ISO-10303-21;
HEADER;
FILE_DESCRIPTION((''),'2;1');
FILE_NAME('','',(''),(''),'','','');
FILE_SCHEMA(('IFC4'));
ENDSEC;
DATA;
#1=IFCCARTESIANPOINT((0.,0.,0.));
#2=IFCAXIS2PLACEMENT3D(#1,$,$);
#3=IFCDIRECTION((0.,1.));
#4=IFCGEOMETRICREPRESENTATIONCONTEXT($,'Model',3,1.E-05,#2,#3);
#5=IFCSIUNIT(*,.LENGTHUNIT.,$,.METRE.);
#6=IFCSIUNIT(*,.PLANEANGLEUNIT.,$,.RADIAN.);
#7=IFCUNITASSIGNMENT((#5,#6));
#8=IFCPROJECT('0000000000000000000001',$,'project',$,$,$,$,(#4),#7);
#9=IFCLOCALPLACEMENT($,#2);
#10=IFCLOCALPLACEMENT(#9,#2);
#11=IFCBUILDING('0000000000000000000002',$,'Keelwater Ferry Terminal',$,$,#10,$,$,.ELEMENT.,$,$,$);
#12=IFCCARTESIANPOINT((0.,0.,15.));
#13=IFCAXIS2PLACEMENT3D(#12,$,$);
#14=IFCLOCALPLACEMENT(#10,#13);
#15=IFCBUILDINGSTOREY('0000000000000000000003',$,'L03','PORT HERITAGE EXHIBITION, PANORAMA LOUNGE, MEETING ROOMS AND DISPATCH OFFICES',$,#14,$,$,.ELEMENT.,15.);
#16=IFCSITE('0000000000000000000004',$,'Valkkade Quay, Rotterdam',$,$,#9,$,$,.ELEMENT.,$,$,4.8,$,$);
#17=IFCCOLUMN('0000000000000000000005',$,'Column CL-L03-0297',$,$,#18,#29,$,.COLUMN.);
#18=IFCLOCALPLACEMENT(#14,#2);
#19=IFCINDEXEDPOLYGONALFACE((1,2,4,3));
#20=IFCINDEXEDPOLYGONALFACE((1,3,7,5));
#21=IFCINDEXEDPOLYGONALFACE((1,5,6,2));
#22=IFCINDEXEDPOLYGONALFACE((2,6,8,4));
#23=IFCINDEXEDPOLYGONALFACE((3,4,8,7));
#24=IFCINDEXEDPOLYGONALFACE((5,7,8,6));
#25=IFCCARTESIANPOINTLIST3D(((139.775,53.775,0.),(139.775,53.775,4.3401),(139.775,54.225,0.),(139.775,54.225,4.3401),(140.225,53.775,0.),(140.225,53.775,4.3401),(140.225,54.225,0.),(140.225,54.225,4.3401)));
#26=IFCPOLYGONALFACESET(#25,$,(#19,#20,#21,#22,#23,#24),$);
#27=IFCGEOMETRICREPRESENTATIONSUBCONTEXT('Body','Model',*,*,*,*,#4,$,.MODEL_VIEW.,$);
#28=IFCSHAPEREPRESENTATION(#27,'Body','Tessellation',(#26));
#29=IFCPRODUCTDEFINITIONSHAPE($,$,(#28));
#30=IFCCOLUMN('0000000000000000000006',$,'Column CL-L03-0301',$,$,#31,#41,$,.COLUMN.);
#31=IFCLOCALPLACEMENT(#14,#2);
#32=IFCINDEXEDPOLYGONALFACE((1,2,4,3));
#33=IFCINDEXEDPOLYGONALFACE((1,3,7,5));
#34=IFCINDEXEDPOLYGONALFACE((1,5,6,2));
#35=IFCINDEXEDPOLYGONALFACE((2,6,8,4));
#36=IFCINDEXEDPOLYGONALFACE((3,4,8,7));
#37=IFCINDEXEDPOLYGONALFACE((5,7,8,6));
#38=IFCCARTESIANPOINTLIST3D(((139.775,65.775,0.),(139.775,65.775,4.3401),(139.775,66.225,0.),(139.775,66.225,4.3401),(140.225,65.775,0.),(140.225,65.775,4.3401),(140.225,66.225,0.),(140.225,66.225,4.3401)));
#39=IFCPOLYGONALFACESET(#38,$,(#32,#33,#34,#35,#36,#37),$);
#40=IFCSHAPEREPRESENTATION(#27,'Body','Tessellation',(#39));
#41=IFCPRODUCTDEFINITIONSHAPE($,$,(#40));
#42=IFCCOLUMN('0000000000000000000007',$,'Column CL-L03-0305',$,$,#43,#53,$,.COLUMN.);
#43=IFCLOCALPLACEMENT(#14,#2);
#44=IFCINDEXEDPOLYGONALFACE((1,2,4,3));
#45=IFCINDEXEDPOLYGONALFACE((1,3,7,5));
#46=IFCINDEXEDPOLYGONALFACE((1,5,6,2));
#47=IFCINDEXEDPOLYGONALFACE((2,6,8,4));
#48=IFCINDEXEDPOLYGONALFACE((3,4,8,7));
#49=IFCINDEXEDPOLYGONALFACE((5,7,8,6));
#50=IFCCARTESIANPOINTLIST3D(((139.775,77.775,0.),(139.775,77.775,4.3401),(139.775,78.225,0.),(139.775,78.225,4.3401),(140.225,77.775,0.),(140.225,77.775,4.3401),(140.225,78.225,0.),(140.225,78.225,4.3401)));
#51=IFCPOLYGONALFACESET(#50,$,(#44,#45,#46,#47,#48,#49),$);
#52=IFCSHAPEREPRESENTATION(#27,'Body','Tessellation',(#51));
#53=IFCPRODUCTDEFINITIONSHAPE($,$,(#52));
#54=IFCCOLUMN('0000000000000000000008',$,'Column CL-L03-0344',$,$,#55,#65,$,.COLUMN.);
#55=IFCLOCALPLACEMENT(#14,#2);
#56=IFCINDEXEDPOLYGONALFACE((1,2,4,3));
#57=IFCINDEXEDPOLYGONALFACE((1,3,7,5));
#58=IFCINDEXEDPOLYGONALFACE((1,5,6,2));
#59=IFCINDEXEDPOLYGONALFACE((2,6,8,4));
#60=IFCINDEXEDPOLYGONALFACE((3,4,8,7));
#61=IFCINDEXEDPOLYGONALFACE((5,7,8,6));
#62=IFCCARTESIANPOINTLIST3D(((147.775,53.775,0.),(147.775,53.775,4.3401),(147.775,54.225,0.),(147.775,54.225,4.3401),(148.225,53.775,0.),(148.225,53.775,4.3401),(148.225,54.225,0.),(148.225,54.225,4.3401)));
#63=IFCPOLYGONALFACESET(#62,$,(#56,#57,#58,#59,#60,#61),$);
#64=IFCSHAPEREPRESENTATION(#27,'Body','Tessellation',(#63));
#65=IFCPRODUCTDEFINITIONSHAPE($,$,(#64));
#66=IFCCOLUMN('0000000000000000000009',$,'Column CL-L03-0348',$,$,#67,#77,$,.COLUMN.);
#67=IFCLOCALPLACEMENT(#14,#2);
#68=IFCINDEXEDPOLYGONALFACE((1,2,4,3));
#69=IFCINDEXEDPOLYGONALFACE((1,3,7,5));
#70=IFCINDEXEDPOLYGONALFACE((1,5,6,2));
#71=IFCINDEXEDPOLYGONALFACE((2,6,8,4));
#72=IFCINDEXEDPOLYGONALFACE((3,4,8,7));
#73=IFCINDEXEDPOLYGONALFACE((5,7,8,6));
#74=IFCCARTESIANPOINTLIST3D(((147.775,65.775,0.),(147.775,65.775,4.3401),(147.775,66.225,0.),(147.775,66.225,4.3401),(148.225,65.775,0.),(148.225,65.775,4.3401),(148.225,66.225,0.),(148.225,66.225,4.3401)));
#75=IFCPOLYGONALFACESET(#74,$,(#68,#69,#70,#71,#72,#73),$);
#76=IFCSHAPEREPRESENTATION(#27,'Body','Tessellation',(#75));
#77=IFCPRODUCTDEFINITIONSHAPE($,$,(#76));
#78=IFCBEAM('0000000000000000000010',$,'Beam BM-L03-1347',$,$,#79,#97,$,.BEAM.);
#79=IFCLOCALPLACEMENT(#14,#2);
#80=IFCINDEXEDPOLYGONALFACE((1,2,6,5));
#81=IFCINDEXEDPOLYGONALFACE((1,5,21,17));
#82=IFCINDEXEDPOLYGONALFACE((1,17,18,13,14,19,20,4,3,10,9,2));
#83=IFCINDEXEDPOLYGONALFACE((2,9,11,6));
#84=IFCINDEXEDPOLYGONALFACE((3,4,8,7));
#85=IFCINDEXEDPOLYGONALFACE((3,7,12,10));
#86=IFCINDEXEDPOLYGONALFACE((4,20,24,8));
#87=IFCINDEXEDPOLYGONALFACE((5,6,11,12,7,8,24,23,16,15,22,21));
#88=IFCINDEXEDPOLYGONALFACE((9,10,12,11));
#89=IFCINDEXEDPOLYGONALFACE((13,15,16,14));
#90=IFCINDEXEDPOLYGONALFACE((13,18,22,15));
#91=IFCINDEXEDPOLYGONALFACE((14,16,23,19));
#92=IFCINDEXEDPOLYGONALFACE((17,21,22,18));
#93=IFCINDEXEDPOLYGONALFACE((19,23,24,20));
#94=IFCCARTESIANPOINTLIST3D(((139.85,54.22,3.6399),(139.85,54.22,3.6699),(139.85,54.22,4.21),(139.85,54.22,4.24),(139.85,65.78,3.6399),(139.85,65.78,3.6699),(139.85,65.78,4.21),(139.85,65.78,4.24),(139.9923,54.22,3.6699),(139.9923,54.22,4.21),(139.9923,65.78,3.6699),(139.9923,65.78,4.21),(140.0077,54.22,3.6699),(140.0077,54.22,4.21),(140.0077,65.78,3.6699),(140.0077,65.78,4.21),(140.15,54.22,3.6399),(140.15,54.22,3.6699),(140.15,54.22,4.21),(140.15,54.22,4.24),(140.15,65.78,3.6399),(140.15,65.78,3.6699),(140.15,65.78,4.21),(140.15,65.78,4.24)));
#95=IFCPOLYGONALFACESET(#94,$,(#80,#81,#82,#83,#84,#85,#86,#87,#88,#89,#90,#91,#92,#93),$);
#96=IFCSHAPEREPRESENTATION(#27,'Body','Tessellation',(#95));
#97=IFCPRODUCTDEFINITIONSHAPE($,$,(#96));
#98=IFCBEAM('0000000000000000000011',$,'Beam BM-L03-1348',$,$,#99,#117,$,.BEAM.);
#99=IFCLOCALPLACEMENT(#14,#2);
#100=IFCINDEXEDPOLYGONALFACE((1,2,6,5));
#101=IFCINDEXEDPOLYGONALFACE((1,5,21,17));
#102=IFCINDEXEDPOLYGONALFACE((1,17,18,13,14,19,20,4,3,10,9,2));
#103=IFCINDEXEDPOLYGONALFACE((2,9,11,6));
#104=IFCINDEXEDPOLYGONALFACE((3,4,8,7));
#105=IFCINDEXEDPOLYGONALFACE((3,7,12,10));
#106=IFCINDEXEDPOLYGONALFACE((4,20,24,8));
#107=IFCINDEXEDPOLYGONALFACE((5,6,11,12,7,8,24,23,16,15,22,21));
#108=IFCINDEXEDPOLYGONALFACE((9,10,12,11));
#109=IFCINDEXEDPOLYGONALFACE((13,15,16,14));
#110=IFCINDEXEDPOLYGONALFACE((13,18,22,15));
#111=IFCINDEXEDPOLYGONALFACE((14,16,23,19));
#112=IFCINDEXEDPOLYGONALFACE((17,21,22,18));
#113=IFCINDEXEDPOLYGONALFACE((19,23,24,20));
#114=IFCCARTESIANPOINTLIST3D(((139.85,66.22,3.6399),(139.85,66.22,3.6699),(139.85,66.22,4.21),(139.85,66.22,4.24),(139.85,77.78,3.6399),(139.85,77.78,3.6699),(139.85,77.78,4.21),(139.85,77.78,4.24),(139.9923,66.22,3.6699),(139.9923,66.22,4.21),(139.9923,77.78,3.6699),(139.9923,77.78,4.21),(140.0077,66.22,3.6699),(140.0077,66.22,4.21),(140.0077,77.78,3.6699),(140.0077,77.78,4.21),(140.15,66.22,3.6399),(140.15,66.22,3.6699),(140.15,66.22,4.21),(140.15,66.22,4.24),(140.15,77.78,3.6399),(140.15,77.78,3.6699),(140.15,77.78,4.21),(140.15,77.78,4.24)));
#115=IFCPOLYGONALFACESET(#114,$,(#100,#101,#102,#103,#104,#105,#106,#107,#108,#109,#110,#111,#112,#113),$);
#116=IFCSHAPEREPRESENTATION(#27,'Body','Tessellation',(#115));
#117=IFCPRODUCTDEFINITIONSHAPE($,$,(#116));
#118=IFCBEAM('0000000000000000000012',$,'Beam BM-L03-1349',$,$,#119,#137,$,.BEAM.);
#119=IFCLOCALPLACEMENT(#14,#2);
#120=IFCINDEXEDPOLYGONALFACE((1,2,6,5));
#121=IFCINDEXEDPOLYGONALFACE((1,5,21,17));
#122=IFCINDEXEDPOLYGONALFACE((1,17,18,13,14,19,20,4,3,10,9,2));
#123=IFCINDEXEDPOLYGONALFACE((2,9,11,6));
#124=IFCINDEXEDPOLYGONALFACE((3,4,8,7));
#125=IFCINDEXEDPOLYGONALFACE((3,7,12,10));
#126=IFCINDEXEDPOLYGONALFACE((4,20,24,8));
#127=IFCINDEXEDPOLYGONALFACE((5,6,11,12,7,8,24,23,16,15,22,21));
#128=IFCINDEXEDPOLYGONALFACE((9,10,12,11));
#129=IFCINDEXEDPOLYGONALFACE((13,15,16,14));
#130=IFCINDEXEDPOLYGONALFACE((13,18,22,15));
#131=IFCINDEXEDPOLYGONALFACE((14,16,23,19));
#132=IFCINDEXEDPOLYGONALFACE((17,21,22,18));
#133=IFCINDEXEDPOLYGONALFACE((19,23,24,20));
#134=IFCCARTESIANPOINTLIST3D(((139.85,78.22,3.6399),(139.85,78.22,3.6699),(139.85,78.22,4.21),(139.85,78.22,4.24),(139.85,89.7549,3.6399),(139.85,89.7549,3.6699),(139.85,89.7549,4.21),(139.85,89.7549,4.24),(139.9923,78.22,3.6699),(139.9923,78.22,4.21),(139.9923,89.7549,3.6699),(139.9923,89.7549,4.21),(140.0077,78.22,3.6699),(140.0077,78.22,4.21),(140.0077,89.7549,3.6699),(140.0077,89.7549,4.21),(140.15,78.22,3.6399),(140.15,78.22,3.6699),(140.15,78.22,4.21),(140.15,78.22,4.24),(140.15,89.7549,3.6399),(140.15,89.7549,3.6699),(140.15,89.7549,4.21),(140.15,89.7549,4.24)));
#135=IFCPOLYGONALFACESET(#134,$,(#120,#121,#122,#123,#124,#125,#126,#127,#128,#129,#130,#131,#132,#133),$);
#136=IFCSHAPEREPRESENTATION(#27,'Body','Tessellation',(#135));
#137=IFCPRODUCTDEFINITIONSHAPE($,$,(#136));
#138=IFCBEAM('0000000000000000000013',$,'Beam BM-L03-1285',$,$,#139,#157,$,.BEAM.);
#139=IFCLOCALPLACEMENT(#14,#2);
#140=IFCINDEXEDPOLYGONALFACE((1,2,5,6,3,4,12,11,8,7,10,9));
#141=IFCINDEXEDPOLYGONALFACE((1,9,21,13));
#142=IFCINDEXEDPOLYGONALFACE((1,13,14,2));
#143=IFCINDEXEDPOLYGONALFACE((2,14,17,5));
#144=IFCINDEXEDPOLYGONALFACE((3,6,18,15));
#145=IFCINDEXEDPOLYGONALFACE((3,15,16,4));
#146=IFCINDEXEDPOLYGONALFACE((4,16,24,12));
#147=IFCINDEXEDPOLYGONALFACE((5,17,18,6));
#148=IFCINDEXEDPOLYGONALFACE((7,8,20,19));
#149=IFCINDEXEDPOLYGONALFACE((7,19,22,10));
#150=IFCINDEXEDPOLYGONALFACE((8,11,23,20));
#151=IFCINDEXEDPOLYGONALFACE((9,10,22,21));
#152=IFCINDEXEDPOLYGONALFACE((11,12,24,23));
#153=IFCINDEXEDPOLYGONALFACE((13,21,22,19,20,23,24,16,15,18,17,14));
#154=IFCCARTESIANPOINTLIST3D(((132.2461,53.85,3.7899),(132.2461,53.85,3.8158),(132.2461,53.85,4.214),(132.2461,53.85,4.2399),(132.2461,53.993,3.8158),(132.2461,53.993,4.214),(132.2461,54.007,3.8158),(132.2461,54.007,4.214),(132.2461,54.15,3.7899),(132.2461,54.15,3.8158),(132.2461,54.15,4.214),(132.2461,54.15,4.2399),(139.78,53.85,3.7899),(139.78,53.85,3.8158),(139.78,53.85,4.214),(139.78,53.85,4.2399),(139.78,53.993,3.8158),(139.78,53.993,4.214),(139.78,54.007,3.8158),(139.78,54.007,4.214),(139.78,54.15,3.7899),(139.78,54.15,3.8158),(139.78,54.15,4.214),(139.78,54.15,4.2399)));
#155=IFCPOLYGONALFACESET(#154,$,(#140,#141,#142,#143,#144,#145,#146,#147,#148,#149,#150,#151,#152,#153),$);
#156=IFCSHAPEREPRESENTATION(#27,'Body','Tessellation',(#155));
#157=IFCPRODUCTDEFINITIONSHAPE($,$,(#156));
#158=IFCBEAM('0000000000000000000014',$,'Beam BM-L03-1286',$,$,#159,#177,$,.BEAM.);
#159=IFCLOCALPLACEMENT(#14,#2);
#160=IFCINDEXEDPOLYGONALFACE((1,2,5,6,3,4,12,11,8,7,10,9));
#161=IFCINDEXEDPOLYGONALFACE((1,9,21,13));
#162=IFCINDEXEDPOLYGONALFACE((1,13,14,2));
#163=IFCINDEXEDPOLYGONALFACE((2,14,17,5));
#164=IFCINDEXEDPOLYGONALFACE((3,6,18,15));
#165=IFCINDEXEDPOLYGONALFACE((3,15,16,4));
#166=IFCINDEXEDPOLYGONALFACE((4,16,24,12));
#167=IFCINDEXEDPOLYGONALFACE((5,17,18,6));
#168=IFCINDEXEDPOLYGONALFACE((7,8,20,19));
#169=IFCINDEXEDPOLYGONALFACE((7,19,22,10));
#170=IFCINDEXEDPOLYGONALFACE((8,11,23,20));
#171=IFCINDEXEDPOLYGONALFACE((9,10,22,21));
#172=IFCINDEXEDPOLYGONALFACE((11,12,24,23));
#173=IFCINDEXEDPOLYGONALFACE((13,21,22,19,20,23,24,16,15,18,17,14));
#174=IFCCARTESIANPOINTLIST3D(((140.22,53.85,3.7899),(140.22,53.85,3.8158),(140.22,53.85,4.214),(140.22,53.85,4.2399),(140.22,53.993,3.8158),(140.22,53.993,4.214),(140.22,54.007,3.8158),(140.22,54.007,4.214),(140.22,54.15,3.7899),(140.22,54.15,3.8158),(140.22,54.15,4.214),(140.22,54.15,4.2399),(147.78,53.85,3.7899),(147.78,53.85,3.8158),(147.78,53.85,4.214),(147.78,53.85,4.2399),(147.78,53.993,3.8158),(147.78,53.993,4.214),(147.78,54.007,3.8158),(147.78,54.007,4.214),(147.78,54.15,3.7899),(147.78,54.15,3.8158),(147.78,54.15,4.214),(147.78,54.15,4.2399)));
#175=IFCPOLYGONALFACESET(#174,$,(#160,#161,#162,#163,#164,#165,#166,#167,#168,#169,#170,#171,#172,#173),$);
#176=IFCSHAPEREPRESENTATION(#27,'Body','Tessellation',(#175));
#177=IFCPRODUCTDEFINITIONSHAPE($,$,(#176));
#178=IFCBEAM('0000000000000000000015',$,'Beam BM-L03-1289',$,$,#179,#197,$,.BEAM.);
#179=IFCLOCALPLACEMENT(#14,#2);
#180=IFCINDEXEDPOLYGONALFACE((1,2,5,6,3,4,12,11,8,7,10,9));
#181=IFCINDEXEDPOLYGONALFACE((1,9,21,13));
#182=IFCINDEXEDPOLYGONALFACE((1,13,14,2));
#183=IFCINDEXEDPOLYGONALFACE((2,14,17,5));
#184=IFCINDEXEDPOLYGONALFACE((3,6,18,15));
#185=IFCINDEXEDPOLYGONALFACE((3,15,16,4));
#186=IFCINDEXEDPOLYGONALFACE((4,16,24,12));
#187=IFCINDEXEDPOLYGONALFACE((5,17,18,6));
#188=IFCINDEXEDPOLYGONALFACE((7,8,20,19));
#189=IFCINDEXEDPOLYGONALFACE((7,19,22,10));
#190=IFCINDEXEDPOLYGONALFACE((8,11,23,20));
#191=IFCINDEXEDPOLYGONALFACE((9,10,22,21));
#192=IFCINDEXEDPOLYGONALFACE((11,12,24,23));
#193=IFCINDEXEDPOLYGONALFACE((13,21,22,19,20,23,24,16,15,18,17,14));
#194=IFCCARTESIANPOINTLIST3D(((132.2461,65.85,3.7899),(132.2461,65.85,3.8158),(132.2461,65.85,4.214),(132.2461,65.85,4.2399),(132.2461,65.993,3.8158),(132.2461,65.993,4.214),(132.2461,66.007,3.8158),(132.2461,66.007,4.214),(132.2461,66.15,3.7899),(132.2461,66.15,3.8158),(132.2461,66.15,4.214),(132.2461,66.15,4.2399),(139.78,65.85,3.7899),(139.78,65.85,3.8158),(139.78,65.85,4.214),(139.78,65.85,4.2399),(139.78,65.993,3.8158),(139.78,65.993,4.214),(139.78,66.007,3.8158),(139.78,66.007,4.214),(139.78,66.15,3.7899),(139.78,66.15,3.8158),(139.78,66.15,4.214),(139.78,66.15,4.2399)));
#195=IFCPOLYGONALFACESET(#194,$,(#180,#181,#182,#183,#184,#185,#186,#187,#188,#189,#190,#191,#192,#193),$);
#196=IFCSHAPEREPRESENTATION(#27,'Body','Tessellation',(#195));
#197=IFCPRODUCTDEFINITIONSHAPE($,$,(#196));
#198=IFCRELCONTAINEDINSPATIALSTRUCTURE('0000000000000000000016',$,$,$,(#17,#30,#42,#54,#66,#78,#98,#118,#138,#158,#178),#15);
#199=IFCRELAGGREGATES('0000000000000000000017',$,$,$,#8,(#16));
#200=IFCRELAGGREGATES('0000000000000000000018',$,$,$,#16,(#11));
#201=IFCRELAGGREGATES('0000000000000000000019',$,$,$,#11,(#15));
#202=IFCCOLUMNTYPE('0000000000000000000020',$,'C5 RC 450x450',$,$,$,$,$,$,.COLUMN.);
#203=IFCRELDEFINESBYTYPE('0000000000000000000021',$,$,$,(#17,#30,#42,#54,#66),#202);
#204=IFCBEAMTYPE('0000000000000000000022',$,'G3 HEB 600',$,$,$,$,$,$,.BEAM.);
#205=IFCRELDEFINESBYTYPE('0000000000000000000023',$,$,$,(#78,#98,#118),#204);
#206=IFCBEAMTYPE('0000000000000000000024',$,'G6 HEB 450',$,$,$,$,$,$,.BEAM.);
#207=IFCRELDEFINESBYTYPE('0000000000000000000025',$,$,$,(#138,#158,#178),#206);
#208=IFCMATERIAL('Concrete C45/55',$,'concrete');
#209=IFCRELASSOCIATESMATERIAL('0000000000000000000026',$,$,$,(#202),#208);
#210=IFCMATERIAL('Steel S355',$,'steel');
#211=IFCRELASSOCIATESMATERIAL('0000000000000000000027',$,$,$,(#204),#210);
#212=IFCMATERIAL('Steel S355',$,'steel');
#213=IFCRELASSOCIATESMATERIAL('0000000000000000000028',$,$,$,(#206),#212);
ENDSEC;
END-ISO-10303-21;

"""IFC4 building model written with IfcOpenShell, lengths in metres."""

from ifc_helpers import new_model, si_unit, direction, frame, origin, origin_2d, place, context, subcontext, project, spatial, rectangle, i_section, extrude, material, material_profile, profile_set, type_object, element, save


model = new_model("IFC4")

# Units and contexts
model_context = context("Model", 3, precision=1e-05, world=origin(), true_north=direction((0.0, 1.0)))
body_context = subcontext(model_context, "Body", "Model", "MODEL_VIEW")
ifc_project = project(units=[si_unit("LENGTHUNIT", "METRE"), si_unit("PLANEANGLEUNIT", "RADIAN")], contexts=[model_context])

# Site, building, storey
site_placement = place(None, origin())
site = spatial("IfcSite", under=ifc_project, at=site_placement, Name="Valkkade Quay, Rotterdam", CompositionType="ELEMENT", RefElevation=4.8)
building_placement = place(site_placement, origin())
building = spatial("IfcBuilding", under=site, at=building_placement, Name="Keelwater Ferry Terminal", CompositionType="ELEMENT")
storey_placement = place(building_placement, frame((0.0, 0.0, 15.0)))
storey = spatial("IfcBuildingStorey", under=building, at=storey_placement, Name="L03", Description="PORT HERITAGE EXHIBITION, PANORAMA LOUNGE, MEETING ROOMS AND DISPATCH OFFICES", CompositionType="ELEMENT", Elevation=15.0)

# Columns
ifc_material_1 = material(Name="Concrete C45/55", Category="concrete")
ifc_material_profile_1 = material_profile(ifc_material_1, rectangle(XDim=0.45, YDim=0.45, at=origin_2d()), Name="RC 450x450")
ifc_profile_set_1 = profile_set([ifc_material_profile_1], Name="Concrete C45/55")
column_type = type_object("IfcColumnType", Name="C5 RC 450x450", PredefinedType="COLUMN", material=ifc_profile_set_1)
for number, where, z_axis, x_axis, name in (
    (1, (140.0, 54.0, 0.0), (0.0, 0.0, 1.0), (1.0, 0.0, 0.0), "Column CL-L03-0297"),
    (2, (140.0, 66.0, 0.0), (0.0, 0.0, 1.0), (1.0, 0.0, 0.0), "Column CL-L03-0301"),
    (3, (140.0, 78.0, 0.0), (0.0, 0.0, 1.0), (1.0, 0.0, 0.0), "Column CL-L03-0305"),
    (4, (148.0, 54.0, 0.0), (0.0, 0.0, 1.0), (1.0, 0.0, 0.0), "Column CL-L03-0344"),
    (5, (148.0, 66.0, 0.0), (0.0, 0.0, 1.0), (1.0, 0.0, 0.0), "Column CL-L03-0348"),
):
    element("IfcColumn", number, at=place(storey_placement, frame(where, z_axis=z_axis, x_axis=x_axis)), inside=storey, type_object=column_type, Name=name, PredefinedType="COLUMN", context=body_context, shape_type="SweptSolid", body=[
        extrude(rectangle(XDim=0.45, YDim=0.45, at=origin_2d()), origin(), (0.0, 0.0, 1.0), 4.3401),
    ])

# Beams
ifc_material_2 = material(Name="Steel S355", Category="steel")
ifc_material_profile_2 = material_profile(ifc_material_2, i_section(OverallWidth=0.3, OverallDepth=0.6001, WebThickness=0.0154, FlangeThickness=0.03, at=origin_2d()), Name="HEB 600")
ifc_profile_set_2 = profile_set([ifc_material_profile_2], Name="Steel S355")
beam_type_1 = type_object("IfcBeamType", Name="G3 HEB 600", PredefinedType="BEAM", material=ifc_profile_set_2)
for number, where, z_axis, x_axis, name in (
    (6, (140.0, 54.22, 3.9399), (0.0, 1.0, 0.0), (-1.0, 0.0, 0.0), "Beam BM-L03-1347"),
    (7, (140.0, 66.22, 3.9399), (0.0, 1.0, 0.0), (-1.0, 0.0, 0.0), "Beam BM-L03-1348"),
):
    element("IfcBeam", number, at=place(storey_placement, frame(where, z_axis=z_axis, x_axis=x_axis)), inside=storey, type_object=beam_type_1, Name=name, PredefinedType="BEAM", context=body_context, shape_type="SweptSolid", body=[
        extrude(i_section(OverallWidth=0.3, OverallDepth=0.6001, WebThickness=0.0154, FlangeThickness=0.03, at=origin_2d()), origin(), (0.0, 0.0, 1.0), 11.5601),
    ])
beam_1_placement = place(storey_placement, frame((140.0, 78.22, 3.9399), z_axis=(0.0, 1.0, 0.0), x_axis=(-1.0, 0.0, 0.0)))
element("IfcBeam", 8, at=beam_1_placement, inside=storey, type_object=beam_type_1, Name="Beam BM-L03-1349", PredefinedType="BEAM", context=body_context, shape_type="SweptSolid", body=[
    extrude(i_section(OverallWidth=0.3, OverallDepth=0.6001, WebThickness=0.0154, FlangeThickness=0.03, at=origin_2d()), origin(), (0.0, 0.0, 1.0), 11.5349),
])
ifc_material_3 = material(Name="Steel S355", Category="steel")
ifc_material_profile_3 = material_profile(ifc_material_3, i_section(OverallWidth=0.3, OverallDepth=0.45, WebThickness=0.0139, FlangeThickness=0.0259, at=origin_2d()), Name="HEB 450")
ifc_profile_set_3 = profile_set([ifc_material_profile_3], Name="Steel S355")
beam_type_2 = type_object("IfcBeamType", Name="G6 HEB 450", PredefinedType="BEAM", material=ifc_profile_set_3)
beam_2_placement = place(storey_placement, frame((132.2461, 54.0, 4.0149), z_axis=(1.0, 0.0, 0.0), x_axis=(0.0, 1.0, 0.0)))
element("IfcBeam", 9, at=beam_2_placement, inside=storey, type_object=beam_type_2, Name="Beam BM-L03-1285", PredefinedType="BEAM", context=body_context, shape_type="SweptSolid", body=[
    extrude(i_section(OverallWidth=0.3, OverallDepth=0.45, WebThickness=0.0139, FlangeThickness=0.0259, at=origin_2d()), origin(), (0.0, 0.0, 1.0), 7.5339),
])
beam_3_placement = place(storey_placement, frame((140.22, 54.0, 4.0149), z_axis=(1.0, 0.0, 0.0), x_axis=(0.0, 1.0, 0.0)))
element("IfcBeam", 10, at=beam_3_placement, inside=storey, type_object=beam_type_2, Name="Beam BM-L03-1286", PredefinedType="BEAM", context=body_context, shape_type="SweptSolid", body=[
    extrude(i_section(OverallWidth=0.3, OverallDepth=0.45, WebThickness=0.0139, FlangeThickness=0.0259, at=origin_2d()), origin(), (0.0, 0.0, 1.0), 7.5601),
])
beam_4_placement = place(storey_placement, frame((132.2461, 66.0, 4.0149), z_axis=(1.0, 0.0, 0.0), x_axis=(0.0, 1.0, 0.0)))
element("IfcBeam", 11, at=beam_4_placement, inside=storey, type_object=beam_type_2, Name="Beam BM-L03-1289", PredefinedType="BEAM", context=body_context, shape_type="SweptSolid", body=[
    extrude(i_section(OverallWidth=0.3, OverallDepth=0.45, WebThickness=0.0139, FlangeThickness=0.0259, at=origin_2d()), origin(), (0.0, 0.0, 1.0), 7.5339),
])

save(model, "model.ifc")
